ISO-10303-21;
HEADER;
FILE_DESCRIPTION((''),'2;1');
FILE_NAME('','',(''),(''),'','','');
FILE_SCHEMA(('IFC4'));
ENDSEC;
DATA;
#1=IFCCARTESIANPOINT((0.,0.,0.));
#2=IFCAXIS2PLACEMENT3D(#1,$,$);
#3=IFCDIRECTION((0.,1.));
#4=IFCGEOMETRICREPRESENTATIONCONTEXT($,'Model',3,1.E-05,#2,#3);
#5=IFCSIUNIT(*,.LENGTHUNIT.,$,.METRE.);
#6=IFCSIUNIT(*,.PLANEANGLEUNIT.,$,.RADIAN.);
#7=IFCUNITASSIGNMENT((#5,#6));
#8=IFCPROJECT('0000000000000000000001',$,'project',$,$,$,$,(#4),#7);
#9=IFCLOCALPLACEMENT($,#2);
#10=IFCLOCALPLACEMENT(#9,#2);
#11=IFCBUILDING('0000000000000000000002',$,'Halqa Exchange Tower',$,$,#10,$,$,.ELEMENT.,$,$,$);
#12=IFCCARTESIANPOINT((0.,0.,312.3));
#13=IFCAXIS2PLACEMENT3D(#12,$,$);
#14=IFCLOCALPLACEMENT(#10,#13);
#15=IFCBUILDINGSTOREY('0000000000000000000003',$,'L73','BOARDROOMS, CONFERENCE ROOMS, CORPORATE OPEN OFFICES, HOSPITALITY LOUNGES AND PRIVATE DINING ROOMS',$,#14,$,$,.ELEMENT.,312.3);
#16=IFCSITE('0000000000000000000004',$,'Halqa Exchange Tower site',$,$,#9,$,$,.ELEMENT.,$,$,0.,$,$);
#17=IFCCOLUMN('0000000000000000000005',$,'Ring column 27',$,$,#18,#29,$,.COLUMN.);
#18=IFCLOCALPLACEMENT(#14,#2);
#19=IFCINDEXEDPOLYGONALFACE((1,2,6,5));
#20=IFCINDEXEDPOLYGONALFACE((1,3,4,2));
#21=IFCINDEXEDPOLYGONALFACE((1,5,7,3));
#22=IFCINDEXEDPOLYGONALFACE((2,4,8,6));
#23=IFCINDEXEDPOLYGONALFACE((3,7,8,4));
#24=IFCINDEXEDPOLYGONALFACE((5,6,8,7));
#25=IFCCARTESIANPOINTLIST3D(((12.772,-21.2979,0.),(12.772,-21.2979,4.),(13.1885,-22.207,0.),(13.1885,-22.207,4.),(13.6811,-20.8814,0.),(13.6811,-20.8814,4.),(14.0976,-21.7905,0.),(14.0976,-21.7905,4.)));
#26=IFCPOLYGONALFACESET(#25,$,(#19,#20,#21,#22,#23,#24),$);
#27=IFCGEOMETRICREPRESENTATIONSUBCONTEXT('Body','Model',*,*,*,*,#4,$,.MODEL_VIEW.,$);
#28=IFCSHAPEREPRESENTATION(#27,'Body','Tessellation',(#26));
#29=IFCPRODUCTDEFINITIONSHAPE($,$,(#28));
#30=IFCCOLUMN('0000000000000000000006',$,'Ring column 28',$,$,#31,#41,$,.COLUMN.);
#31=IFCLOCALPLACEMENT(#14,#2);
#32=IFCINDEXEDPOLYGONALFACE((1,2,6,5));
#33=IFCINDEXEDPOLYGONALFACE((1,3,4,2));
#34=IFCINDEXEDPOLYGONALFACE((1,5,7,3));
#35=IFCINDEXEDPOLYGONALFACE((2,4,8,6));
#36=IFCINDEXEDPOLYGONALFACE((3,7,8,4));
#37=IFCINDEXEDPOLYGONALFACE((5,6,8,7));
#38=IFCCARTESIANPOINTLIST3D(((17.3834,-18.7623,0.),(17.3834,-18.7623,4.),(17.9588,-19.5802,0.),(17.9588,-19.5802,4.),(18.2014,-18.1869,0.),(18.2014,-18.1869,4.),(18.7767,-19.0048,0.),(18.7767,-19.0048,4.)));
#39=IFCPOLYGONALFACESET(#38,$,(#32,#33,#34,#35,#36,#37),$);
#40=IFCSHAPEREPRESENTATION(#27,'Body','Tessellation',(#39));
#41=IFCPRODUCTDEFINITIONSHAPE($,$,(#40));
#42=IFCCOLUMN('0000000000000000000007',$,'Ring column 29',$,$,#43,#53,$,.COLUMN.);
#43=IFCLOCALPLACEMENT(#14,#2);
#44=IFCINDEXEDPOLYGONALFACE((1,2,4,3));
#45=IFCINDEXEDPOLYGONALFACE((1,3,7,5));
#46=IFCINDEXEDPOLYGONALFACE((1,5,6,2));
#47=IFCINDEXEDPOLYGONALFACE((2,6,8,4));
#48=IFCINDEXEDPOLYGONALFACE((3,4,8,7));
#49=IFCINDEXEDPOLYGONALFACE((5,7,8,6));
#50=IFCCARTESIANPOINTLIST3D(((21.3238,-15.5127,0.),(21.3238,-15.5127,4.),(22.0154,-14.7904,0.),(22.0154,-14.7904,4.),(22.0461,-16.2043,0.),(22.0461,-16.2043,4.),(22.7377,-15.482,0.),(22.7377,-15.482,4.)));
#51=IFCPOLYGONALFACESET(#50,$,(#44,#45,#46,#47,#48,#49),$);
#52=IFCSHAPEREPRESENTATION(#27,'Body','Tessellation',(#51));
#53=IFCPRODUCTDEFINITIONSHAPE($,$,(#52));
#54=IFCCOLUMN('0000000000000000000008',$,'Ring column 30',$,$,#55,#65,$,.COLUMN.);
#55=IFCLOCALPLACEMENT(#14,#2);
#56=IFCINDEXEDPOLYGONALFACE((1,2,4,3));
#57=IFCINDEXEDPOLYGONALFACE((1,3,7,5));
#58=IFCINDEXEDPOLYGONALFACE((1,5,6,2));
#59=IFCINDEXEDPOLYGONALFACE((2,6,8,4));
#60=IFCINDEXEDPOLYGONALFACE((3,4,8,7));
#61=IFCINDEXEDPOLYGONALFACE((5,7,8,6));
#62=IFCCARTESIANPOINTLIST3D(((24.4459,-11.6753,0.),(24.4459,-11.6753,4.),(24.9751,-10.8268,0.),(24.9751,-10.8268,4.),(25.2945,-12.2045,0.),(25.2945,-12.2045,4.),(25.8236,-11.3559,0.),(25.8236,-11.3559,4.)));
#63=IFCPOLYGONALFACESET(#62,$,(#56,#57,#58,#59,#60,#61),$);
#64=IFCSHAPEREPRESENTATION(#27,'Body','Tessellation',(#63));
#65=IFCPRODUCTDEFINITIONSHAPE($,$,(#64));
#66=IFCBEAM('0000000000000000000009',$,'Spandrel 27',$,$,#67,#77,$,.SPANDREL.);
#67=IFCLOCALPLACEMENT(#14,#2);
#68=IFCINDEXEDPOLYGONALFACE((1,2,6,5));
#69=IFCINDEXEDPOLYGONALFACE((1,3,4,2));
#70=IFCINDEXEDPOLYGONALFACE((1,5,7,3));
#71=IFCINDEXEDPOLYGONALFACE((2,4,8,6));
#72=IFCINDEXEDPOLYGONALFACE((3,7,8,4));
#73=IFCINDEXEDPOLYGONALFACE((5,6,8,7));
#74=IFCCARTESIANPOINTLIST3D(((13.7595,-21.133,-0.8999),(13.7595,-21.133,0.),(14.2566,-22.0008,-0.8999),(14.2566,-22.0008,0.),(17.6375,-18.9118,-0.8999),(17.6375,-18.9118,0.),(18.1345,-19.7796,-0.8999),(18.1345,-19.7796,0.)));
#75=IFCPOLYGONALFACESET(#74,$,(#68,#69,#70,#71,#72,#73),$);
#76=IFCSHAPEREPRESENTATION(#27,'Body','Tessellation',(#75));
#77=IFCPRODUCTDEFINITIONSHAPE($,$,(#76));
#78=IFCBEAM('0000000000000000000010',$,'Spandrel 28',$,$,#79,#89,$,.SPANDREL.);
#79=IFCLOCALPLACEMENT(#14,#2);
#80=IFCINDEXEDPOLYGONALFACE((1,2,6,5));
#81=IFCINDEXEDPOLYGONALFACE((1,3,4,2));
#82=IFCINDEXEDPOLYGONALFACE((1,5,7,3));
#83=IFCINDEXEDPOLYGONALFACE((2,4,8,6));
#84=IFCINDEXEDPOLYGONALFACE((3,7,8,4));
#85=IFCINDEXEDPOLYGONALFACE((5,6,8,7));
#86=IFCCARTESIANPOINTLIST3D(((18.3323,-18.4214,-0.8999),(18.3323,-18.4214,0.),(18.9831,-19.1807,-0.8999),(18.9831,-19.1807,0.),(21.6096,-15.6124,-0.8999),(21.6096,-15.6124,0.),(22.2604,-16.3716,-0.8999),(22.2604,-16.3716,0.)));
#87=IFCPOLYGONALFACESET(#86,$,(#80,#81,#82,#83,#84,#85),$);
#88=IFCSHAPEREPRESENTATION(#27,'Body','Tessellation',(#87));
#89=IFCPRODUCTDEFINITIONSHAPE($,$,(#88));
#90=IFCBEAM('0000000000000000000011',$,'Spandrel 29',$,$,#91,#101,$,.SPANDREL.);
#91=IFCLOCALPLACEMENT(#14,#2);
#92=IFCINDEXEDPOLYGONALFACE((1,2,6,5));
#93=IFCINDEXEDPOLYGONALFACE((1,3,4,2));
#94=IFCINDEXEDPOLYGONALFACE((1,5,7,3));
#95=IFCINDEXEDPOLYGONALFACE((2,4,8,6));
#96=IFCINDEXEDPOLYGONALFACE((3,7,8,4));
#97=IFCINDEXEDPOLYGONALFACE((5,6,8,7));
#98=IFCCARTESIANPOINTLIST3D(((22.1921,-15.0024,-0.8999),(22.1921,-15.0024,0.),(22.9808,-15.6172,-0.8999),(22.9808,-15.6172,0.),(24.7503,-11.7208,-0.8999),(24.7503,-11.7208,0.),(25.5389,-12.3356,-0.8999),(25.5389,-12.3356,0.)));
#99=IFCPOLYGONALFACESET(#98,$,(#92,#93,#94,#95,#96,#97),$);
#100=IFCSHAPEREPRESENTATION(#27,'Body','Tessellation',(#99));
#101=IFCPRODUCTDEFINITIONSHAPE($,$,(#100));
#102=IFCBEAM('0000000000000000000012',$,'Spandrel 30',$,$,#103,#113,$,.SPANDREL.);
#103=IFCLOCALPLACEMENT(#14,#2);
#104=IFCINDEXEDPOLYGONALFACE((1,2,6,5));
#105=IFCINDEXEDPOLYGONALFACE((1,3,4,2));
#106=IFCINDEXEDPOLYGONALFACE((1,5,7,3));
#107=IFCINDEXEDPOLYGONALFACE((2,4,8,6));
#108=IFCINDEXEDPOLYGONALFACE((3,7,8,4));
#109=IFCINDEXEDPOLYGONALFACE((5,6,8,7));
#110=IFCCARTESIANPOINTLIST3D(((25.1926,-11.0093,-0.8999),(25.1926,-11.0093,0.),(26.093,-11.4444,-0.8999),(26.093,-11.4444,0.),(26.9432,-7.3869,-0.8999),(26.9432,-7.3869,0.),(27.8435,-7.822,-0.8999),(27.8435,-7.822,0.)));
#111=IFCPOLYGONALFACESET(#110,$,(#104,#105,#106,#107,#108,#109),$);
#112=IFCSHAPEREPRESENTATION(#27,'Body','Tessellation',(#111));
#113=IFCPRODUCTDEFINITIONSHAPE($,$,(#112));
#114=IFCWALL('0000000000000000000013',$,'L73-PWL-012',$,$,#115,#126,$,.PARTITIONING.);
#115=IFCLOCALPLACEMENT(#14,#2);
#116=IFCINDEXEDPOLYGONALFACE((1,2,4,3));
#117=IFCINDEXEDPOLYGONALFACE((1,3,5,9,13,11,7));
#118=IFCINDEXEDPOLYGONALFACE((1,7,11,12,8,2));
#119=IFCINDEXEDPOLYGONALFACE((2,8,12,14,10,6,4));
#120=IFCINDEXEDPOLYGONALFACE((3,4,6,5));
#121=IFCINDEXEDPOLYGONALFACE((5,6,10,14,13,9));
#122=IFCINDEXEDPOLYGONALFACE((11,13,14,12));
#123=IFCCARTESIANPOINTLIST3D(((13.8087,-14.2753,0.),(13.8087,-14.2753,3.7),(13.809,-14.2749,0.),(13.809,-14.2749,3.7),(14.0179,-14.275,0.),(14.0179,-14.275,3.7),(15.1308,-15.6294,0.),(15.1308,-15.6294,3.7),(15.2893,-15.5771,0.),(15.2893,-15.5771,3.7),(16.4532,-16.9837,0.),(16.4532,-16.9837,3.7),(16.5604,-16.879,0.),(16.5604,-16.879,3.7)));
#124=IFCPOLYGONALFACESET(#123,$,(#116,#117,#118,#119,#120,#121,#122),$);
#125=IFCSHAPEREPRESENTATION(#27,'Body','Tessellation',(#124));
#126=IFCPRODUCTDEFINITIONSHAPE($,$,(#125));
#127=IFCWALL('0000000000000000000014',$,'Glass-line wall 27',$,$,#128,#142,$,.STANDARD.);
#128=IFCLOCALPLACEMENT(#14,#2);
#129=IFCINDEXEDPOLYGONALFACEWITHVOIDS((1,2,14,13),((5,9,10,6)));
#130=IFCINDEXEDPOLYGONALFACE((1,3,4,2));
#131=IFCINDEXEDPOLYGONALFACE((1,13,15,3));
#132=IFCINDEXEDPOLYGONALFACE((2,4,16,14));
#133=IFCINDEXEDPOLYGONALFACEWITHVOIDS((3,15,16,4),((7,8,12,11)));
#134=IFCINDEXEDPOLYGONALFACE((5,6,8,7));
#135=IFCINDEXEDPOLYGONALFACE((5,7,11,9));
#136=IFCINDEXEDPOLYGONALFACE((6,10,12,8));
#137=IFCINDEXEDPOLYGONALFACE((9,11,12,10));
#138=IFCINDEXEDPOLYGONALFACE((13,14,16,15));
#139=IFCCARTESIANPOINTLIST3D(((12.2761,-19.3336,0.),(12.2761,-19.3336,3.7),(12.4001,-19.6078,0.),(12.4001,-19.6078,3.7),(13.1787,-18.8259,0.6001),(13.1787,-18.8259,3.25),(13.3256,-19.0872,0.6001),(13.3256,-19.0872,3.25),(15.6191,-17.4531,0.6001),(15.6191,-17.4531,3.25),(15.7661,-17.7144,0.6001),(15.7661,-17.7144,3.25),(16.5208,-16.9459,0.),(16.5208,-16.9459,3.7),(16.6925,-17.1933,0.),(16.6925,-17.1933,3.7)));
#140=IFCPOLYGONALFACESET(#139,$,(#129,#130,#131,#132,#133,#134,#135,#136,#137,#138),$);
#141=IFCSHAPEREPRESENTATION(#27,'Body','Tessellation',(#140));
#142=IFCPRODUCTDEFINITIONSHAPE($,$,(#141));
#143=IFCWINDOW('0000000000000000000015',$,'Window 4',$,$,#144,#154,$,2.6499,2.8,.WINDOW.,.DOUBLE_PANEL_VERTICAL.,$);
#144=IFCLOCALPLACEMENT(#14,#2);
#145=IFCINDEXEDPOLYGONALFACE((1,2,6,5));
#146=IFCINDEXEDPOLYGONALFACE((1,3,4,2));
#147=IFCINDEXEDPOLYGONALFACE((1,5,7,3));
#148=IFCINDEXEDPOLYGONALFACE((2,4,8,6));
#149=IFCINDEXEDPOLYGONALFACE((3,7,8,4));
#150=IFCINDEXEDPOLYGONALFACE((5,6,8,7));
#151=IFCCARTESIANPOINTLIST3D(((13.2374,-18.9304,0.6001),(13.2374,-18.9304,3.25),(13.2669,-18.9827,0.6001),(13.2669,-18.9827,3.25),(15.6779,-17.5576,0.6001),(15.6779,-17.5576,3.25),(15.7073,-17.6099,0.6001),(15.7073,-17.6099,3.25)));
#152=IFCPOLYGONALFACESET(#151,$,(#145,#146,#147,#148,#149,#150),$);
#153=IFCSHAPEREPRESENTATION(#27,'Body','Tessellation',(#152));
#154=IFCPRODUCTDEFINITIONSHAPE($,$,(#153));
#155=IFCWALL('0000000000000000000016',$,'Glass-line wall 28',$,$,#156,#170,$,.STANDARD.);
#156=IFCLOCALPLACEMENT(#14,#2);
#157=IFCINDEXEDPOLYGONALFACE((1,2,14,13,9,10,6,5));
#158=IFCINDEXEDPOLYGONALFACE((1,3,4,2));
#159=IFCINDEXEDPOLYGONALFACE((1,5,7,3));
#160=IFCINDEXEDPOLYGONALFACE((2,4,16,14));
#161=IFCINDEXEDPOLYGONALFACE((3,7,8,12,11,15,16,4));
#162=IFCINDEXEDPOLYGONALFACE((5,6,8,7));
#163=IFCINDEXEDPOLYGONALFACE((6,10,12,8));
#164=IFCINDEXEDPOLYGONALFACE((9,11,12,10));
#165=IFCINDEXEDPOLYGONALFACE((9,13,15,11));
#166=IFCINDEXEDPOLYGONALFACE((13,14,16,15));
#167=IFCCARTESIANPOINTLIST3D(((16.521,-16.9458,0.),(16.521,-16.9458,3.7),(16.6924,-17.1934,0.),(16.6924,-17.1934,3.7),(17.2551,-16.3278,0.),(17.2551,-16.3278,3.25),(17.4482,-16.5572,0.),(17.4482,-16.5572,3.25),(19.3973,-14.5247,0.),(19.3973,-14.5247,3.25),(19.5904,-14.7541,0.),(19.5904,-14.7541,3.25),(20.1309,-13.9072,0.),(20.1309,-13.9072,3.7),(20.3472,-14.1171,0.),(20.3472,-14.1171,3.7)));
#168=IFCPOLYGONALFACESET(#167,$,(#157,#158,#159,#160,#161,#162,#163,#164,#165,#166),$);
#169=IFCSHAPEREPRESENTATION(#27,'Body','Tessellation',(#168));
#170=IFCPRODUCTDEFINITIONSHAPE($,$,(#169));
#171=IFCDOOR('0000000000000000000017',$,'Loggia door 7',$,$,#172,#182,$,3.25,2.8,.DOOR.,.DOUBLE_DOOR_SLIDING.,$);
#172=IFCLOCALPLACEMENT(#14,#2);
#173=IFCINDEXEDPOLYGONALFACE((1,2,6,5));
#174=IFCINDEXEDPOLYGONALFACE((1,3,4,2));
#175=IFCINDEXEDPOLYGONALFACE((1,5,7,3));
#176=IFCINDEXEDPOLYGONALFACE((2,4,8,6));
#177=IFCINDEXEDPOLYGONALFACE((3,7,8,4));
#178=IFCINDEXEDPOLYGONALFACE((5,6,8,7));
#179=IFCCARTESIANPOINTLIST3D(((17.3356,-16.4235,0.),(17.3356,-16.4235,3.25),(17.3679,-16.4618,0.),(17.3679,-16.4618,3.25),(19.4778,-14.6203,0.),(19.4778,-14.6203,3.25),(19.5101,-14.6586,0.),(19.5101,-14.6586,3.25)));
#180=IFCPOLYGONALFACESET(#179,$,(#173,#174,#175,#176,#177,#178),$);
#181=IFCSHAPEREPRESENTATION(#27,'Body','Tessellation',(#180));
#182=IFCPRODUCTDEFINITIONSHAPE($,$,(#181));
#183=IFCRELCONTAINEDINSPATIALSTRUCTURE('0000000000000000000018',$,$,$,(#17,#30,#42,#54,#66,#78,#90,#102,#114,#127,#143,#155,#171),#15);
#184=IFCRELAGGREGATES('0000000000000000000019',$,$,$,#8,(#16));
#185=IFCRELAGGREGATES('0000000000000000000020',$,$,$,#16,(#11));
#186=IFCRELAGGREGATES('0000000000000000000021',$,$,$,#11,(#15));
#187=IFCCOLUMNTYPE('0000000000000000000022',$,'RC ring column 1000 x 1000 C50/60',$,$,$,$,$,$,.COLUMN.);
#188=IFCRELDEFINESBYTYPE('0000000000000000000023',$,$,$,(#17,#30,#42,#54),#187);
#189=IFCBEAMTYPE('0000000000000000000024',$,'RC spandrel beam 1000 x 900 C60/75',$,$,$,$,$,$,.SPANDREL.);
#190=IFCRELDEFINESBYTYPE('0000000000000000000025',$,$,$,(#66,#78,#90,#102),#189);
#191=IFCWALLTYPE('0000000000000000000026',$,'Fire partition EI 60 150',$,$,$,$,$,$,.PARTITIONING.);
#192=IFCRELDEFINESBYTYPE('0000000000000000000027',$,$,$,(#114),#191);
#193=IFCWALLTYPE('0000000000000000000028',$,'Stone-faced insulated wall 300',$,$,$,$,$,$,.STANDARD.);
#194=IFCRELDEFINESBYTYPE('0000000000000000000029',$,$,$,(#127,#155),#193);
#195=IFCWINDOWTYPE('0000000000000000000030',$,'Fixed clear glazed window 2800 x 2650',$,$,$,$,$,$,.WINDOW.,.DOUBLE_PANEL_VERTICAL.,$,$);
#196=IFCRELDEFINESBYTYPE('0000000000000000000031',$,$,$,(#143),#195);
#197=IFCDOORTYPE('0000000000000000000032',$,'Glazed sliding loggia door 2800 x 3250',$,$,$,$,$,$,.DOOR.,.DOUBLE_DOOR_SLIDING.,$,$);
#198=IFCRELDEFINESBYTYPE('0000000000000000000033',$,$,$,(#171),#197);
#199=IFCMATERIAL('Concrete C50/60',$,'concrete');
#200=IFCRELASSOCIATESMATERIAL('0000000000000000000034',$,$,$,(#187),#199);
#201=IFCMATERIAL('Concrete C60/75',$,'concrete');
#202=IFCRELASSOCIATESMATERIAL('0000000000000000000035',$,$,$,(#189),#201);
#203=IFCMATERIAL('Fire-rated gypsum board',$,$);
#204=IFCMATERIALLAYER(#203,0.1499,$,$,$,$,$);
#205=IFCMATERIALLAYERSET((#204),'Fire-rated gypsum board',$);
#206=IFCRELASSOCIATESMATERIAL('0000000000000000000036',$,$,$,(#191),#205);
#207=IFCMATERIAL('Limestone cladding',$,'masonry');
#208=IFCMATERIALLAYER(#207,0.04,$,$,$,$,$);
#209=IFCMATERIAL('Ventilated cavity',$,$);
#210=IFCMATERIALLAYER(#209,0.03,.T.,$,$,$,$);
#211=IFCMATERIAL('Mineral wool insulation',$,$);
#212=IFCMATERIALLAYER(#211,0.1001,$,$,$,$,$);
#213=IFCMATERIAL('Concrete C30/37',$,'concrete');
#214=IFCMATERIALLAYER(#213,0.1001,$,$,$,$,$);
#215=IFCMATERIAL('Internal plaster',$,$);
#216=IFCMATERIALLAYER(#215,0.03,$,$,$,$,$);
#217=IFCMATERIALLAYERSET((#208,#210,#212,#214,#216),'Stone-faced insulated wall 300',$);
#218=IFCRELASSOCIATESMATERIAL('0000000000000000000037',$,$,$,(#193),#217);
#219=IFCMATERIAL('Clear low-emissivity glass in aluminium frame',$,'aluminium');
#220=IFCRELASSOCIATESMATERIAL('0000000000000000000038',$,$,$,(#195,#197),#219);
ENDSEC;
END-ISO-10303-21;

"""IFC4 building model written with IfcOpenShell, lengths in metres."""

from ifc_helpers import new_model, si_unit, direction, frame, frame_2d, origin, origin_2d, place, context, subcontext, project, spatial, polyline, rectangle, outline, extrude, material, layer, layer_set, material_profile, profile_set, type_object, element, fill, save


model = new_model("IFC4")

# Units and contexts
model_context = context("Model", 3, precision=1e-05, world=origin(), true_north=direction((0.0, 1.0)))
body_context = subcontext(model_context, "Body", "Model", "MODEL_VIEW")
ifc_project = project(units=[si_unit("LENGTHUNIT", "METRE"), si_unit("PLANEANGLEUNIT", "RADIAN")], contexts=[model_context])

# Site, building, storey
site_placement = place(None, origin())
site = spatial("IfcSite", under=ifc_project, at=site_placement, Name="Halqa Exchange Tower site", CompositionType="ELEMENT", RefElevation=0.0)
building_placement = place(site_placement, origin())
building = spatial("IfcBuilding", under=site, at=building_placement, Name="Halqa Exchange Tower", CompositionType="ELEMENT")
storey_placement = place(building_placement, frame((0.0, 0.0, 312.3)))
storey = spatial("IfcBuildingStorey", under=building, at=storey_placement, Name="L73", Description="BOARDROOMS, CONFERENCE ROOMS, CORPORATE OPEN OFFICES, HOSPITALITY LOUNGES AND PRIVATE DINING ROOMS", CompositionType="ELEMENT", Elevation=312.3)

# Columns
ifc_material_1 = material(Name="Concrete C50/60", Category="concrete")
ifc_material_profile_1 = material_profile(ifc_material_1, rectangle(XDim=1.0, YDim=1.0, at=origin_2d()), Name="1000 x 1000")
ifc_profile_set_1 = profile_set([ifc_material_profile_1], Name="Concrete C50/60")
column_type = type_object("IfcColumnType", Name="RC ring column 1000 x 1000 C50/60", PredefinedType="COLUMN", material=ifc_profile_set_1)
for number, where, z_axis, x_axis, name in (
    (1, (13.4348, -21.5442, 0.0), (0.0, 0.0, 1.0), (0.909129, 0.416516, 0.0), "Ring column 27"),
    (2, (18.0801, -18.8835, 0.0), (0.0, 0.0, 1.0), (0.817907, 0.575351, 0.0), "Ring column 28"),
    (3, (22.0308, -15.4973, 0.0), (0.0, 0.0, 1.0), (0.691579, 0.722301, 0.0), "Ring column 29"),
    (4, (25.1348, -11.5156, 0.0), (0.0, 0.0, 1.0), (0.52914, 0.848534, 0.0), "Ring column 30"),
):
    element("IfcColumn", number, at=place(storey_placement, frame(where, z_axis=z_axis, x_axis=x_axis)), inside=storey, type_object=column_type, Name=name, PredefinedType="COLUMN", context=body_context, shape_type="SweptSolid", body=[
        extrude(rectangle(XDim=1.0, YDim=1.0, at=origin_2d()), origin(), (0.0, 0.0, 1.0), 4.0),
    ])

# Beams
ifc_material_2 = material(Name="Concrete C60/75", Category="concrete")
ifc_material_profile_2 = material_profile(ifc_material_2, rectangle(XDim=1.0, YDim=0.8999, at=origin_2d()), Name="1000 x 900")
ifc_profile_set_2 = profile_set([ifc_material_profile_2], Name="Concrete C60/75")
beam_type = type_object("IfcBeamType", Name="RC spandrel beam 1000 x 900 C60/75", PredefinedType="SPANDREL", material=ifc_profile_set_2)
beam_1_placement = place(storey_placement, frame((14.0081, -21.5669, -0.45), z_axis=(0.867738, 0.497021, 0.0), x_axis=(-0.497021, 0.867738, 0.0)))
element("IfcBeam", 5, at=beam_1_placement, inside=storey, type_object=beam_type, Name="Spandrel 27", PredefinedType="SPANDREL", context=body_context, shape_type="SweptSolid", body=[
    extrude(rectangle(XDim=1.0, YDim=0.8999, at=origin_2d()), origin(), (0.0, 0.0, 1.0), 4.469),
])
beam_2_placement = place(storey_placement, frame((18.6577, -18.801, -0.45), z_axis=(0.759265, 0.650782, 0.0), x_axis=(-0.650782, 0.759265, 0.0)))
element("IfcBeam", 6, at=beam_2_placement, inside=storey, type_object=beam_type, Name="Spandrel 28", PredefinedType="SPANDREL", context=body_context, shape_type="SweptSolid", body=[
    extrude(rectangle(XDim=1.0, YDim=0.8999, at=origin_2d()), origin(), (0.0, 0.0, 1.0), 4.3164),
])
beam_3_placement = place(storey_placement, frame((22.5864, -15.3098, -0.45), z_axis=(0.614814, 0.788672, 0.0), x_axis=(-0.788672, 0.614814, 0.0)))
element("IfcBeam", 7, at=beam_3_placement, inside=storey, type_object=beam_type, Name="Spandrel 29", PredefinedType="SPANDREL", context=body_context, shape_type="SweptSolid", body=[
    extrude(rectangle(XDim=1.0, YDim=0.8999, at=origin_2d()), origin(), (0.0, 0.0, 1.0), 4.1609),
])
beam_4_placement = place(storey_placement, frame((25.6428, -11.2268, -0.45), z_axis=(0.435109, 0.900378, 0.0), x_axis=(-0.900378, 0.435109, 0.0)))
element("IfcBeam", 8, at=beam_4_placement, inside=storey, type_object=beam_type, Name="Spandrel 30", PredefinedType="SPANDREL", context=body_context, shape_type="SweptSolid", body=[
    extrude(rectangle(XDim=1.0, YDim=0.8999, at=origin_2d()), origin(), (0.0, 0.0, 1.0), 4.0232),
])

# Wall
ifc_material_3 = material(Name="Fire-rated gypsum board")
ifc_layer_1 = layer(ifc_material_3, 0.1499)
ifc_layer_set_1 = layer_set([ifc_layer_1], Name="Fire-rated gypsum board")
wall_type_1 = type_object("IfcWallType", Name="Fire partition EI 60 150", PredefinedType="PARTITIONING", material=ifc_layer_set_1)
wall_1_placement = place(storey_placement, frame((13.8623, -14.2229, 0.0), z_axis=(0.0, 0.0, 1.0), x_axis=(0.698607, -0.715505, 0.0)))
element("IfcWall", 9, at=wall_1_placement, inside=storey, type_object=wall_type_1, Name="L73-PWL-012", PredefinedType="PARTITIONING", context=body_context, shape_type="SweptSolid", body=[
    extrude(outline(polyline([(3.7854, 0.075), (1.9658, 0.075), (0.146, 0.075), (0.0, -0.0745), (0.0, -0.075), (1.8926, -0.075), (3.7854, -0.075), (3.7854, 0.075)])), origin(), (0.0, 0.0, 1.0), 3.7),
])

# Wall, opening, window
ifc_material_4 = material(Name="Limestone cladding", Category="masonry")
ifc_layer_2 = layer(ifc_material_4, 0.04)
ifc_material_5 = material(Name="Ventilated cavity")
ifc_layer_3 = layer(ifc_material_5, 0.03, ventilated=True)
ifc_material_6 = material(Name="Mineral wool insulation")
ifc_layer_4 = layer(ifc_material_6, 0.1001)
ifc_material_7 = material(Name="Concrete C30/37", Category="concrete")
ifc_layer_5 = layer(ifc_material_7, 0.1001)
ifc_material_8 = material(Name="Internal plaster")
ifc_layer_6 = layer(ifc_material_8, 0.03)
ifc_layer_set_2 = layer_set([ifc_layer_2, ifc_layer_3, ifc_layer_4, ifc_layer_5, ifc_layer_6], Name="Stone-faced insulated wall 300")
wall_type_2 = type_object("IfcWallType", Name="Stone-faced insulated wall 300", PredefinedType="STANDARD", material=ifc_layer_set_2)
wall_2_placement = place(storey_placement, frame((12.3381, -19.4707, 0.0), z_axis=(0.0, 0.0, 1.0), x_axis=(0.87157, 0.490271, 0.0)))
wall_2 = element("IfcWall", 10, at=wall_2_placement, inside=storey, type_object=wall_type_2, Name="Glass-line wall 27", PredefinedType="STANDARD", context=body_context, shape_type="SweptSolid", body=[
    extrude(outline(polyline([(-0.0132, -0.1499), (4.9116, -0.1499), (4.8833, 0.1499), (0.0132, 0.1499), (-0.0132, -0.1499)])), origin(), (0.0, 0.0, 1.0), 3.7),
])
opening_1_placement = place(wall_2_placement, frame((1.0488, 0.0, 0.6001)))
opening_1 = element("IfcOpeningElement", 11, at=opening_1_placement, cuts=wall_2, PredefinedType="OPENING", context=body_context, shape_type="SweptSolid", body=[
    extrude(rectangle(XDim=2.8, YDim=2.6499, at=frame_2d((1.3999, 1.325))), frame((0.0, 0.1621, 0.0), z_axis=(0.0, -1.0, 0.0), x_axis=(1.0, 0.0, 0.0)), (0.0, 0.0, 1.0), 0.324),
])
ifc_material_9 = material(Name="Clear low-emissivity glass in aluminium frame", Category="aluminium")
window_type = type_object("IfcWindowType", Name="Fixed clear glazed window 2800 x 2650", PartitioningType="DOUBLE_PANEL_VERTICAL", PredefinedType="WINDOW", material=ifc_material_9)
window_1_placement = place(opening_1_placement, origin())
window_1 = element("IfcWindow", 12, at=window_1_placement, inside=storey, type_object=window_type, Name="Window 4", OverallHeight=2.6499, OverallWidth=2.8, PartitioningType="DOUBLE_PANEL_VERTICAL", PredefinedType="WINDOW", context=body_context, shape_type="SweptSolid", body=[
    extrude(rectangle(XDim=2.8, YDim=2.6499, at=frame_2d((1.3999, 1.325))), frame((0.0, 0.03, 0.0), z_axis=(0.0, -1.0, 0.0), x_axis=(1.0, 0.0, 0.0)), (0.0, 0.0, 1.0), 0.0601),
])
fill(opening_1, window_1)

# Wall, opening, door
wall_3_placement = place(storey_placement, frame((16.6067, -17.0696, 0.0), z_axis=(0.0, 0.0, 1.0), x_axis=(0.765059, 0.64396, 0.0)))
wall_3 = element("IfcWall", 13, at=wall_3_placement, inside=storey, type_object=wall_type_2, Name="Glass-line wall 28", PredefinedType="STANDARD", context=body_context, shape_type="SweptSolid", body=[
    extrude(outline(polyline([(-0.0142, -0.1499), (4.7629, -0.1499), (4.7327, 0.1499), (0.0142, 0.1499), (-0.0142, -0.1499)])), origin(), (0.0, 0.0, 1.0), 3.7),
])
opening_2_placement = place(wall_3_placement, frame((0.9739, 0.0, 0.0)))
opening_2 = element("IfcOpeningElement", 14, at=opening_2_placement, cuts=wall_3, PredefinedType="OPENING", context=body_context, shape_type="SweptSolid", body=[
    extrude(rectangle(XDim=2.8, YDim=3.25, at=frame_2d((1.3999, 1.625))), frame((0.0, 0.1621, 0.0), z_axis=(0.0, -1.0, 0.0), x_axis=(1.0, 0.0, 0.0)), (0.0, 0.0, 1.0), 0.324),
])
door_type_1 = type_object("IfcDoorType", Name="Glazed sliding loggia door 2800 x 3250", OperationType="DOUBLE_DOOR_SLIDING", PredefinedType="DOOR", material=ifc_material_9)
door_1_placement = place(opening_2_placement, origin())
door_1 = element("IfcDoor", 15, at=door_1_placement, inside=storey, type_object=door_type_1, Name="Loggia door 7", OperationType="DOUBLE_DOOR_SLIDING", OverallHeight=3.25, OverallWidth=2.8, PredefinedType="DOOR", context=body_context, shape_type="SweptSolid", body=[
    extrude(rectangle(XDim=2.8, YDim=3.25, at=frame_2d((1.3999, 1.625))), frame((0.0, 0.0249, 0.0), z_axis=(0.0, -1.0, 0.0), x_axis=(1.0, 0.0, 0.0)), (0.0, 0.0, 1.0), 0.05),
])
fill(opening_2, door_1)

save(model, "model.ifc")
